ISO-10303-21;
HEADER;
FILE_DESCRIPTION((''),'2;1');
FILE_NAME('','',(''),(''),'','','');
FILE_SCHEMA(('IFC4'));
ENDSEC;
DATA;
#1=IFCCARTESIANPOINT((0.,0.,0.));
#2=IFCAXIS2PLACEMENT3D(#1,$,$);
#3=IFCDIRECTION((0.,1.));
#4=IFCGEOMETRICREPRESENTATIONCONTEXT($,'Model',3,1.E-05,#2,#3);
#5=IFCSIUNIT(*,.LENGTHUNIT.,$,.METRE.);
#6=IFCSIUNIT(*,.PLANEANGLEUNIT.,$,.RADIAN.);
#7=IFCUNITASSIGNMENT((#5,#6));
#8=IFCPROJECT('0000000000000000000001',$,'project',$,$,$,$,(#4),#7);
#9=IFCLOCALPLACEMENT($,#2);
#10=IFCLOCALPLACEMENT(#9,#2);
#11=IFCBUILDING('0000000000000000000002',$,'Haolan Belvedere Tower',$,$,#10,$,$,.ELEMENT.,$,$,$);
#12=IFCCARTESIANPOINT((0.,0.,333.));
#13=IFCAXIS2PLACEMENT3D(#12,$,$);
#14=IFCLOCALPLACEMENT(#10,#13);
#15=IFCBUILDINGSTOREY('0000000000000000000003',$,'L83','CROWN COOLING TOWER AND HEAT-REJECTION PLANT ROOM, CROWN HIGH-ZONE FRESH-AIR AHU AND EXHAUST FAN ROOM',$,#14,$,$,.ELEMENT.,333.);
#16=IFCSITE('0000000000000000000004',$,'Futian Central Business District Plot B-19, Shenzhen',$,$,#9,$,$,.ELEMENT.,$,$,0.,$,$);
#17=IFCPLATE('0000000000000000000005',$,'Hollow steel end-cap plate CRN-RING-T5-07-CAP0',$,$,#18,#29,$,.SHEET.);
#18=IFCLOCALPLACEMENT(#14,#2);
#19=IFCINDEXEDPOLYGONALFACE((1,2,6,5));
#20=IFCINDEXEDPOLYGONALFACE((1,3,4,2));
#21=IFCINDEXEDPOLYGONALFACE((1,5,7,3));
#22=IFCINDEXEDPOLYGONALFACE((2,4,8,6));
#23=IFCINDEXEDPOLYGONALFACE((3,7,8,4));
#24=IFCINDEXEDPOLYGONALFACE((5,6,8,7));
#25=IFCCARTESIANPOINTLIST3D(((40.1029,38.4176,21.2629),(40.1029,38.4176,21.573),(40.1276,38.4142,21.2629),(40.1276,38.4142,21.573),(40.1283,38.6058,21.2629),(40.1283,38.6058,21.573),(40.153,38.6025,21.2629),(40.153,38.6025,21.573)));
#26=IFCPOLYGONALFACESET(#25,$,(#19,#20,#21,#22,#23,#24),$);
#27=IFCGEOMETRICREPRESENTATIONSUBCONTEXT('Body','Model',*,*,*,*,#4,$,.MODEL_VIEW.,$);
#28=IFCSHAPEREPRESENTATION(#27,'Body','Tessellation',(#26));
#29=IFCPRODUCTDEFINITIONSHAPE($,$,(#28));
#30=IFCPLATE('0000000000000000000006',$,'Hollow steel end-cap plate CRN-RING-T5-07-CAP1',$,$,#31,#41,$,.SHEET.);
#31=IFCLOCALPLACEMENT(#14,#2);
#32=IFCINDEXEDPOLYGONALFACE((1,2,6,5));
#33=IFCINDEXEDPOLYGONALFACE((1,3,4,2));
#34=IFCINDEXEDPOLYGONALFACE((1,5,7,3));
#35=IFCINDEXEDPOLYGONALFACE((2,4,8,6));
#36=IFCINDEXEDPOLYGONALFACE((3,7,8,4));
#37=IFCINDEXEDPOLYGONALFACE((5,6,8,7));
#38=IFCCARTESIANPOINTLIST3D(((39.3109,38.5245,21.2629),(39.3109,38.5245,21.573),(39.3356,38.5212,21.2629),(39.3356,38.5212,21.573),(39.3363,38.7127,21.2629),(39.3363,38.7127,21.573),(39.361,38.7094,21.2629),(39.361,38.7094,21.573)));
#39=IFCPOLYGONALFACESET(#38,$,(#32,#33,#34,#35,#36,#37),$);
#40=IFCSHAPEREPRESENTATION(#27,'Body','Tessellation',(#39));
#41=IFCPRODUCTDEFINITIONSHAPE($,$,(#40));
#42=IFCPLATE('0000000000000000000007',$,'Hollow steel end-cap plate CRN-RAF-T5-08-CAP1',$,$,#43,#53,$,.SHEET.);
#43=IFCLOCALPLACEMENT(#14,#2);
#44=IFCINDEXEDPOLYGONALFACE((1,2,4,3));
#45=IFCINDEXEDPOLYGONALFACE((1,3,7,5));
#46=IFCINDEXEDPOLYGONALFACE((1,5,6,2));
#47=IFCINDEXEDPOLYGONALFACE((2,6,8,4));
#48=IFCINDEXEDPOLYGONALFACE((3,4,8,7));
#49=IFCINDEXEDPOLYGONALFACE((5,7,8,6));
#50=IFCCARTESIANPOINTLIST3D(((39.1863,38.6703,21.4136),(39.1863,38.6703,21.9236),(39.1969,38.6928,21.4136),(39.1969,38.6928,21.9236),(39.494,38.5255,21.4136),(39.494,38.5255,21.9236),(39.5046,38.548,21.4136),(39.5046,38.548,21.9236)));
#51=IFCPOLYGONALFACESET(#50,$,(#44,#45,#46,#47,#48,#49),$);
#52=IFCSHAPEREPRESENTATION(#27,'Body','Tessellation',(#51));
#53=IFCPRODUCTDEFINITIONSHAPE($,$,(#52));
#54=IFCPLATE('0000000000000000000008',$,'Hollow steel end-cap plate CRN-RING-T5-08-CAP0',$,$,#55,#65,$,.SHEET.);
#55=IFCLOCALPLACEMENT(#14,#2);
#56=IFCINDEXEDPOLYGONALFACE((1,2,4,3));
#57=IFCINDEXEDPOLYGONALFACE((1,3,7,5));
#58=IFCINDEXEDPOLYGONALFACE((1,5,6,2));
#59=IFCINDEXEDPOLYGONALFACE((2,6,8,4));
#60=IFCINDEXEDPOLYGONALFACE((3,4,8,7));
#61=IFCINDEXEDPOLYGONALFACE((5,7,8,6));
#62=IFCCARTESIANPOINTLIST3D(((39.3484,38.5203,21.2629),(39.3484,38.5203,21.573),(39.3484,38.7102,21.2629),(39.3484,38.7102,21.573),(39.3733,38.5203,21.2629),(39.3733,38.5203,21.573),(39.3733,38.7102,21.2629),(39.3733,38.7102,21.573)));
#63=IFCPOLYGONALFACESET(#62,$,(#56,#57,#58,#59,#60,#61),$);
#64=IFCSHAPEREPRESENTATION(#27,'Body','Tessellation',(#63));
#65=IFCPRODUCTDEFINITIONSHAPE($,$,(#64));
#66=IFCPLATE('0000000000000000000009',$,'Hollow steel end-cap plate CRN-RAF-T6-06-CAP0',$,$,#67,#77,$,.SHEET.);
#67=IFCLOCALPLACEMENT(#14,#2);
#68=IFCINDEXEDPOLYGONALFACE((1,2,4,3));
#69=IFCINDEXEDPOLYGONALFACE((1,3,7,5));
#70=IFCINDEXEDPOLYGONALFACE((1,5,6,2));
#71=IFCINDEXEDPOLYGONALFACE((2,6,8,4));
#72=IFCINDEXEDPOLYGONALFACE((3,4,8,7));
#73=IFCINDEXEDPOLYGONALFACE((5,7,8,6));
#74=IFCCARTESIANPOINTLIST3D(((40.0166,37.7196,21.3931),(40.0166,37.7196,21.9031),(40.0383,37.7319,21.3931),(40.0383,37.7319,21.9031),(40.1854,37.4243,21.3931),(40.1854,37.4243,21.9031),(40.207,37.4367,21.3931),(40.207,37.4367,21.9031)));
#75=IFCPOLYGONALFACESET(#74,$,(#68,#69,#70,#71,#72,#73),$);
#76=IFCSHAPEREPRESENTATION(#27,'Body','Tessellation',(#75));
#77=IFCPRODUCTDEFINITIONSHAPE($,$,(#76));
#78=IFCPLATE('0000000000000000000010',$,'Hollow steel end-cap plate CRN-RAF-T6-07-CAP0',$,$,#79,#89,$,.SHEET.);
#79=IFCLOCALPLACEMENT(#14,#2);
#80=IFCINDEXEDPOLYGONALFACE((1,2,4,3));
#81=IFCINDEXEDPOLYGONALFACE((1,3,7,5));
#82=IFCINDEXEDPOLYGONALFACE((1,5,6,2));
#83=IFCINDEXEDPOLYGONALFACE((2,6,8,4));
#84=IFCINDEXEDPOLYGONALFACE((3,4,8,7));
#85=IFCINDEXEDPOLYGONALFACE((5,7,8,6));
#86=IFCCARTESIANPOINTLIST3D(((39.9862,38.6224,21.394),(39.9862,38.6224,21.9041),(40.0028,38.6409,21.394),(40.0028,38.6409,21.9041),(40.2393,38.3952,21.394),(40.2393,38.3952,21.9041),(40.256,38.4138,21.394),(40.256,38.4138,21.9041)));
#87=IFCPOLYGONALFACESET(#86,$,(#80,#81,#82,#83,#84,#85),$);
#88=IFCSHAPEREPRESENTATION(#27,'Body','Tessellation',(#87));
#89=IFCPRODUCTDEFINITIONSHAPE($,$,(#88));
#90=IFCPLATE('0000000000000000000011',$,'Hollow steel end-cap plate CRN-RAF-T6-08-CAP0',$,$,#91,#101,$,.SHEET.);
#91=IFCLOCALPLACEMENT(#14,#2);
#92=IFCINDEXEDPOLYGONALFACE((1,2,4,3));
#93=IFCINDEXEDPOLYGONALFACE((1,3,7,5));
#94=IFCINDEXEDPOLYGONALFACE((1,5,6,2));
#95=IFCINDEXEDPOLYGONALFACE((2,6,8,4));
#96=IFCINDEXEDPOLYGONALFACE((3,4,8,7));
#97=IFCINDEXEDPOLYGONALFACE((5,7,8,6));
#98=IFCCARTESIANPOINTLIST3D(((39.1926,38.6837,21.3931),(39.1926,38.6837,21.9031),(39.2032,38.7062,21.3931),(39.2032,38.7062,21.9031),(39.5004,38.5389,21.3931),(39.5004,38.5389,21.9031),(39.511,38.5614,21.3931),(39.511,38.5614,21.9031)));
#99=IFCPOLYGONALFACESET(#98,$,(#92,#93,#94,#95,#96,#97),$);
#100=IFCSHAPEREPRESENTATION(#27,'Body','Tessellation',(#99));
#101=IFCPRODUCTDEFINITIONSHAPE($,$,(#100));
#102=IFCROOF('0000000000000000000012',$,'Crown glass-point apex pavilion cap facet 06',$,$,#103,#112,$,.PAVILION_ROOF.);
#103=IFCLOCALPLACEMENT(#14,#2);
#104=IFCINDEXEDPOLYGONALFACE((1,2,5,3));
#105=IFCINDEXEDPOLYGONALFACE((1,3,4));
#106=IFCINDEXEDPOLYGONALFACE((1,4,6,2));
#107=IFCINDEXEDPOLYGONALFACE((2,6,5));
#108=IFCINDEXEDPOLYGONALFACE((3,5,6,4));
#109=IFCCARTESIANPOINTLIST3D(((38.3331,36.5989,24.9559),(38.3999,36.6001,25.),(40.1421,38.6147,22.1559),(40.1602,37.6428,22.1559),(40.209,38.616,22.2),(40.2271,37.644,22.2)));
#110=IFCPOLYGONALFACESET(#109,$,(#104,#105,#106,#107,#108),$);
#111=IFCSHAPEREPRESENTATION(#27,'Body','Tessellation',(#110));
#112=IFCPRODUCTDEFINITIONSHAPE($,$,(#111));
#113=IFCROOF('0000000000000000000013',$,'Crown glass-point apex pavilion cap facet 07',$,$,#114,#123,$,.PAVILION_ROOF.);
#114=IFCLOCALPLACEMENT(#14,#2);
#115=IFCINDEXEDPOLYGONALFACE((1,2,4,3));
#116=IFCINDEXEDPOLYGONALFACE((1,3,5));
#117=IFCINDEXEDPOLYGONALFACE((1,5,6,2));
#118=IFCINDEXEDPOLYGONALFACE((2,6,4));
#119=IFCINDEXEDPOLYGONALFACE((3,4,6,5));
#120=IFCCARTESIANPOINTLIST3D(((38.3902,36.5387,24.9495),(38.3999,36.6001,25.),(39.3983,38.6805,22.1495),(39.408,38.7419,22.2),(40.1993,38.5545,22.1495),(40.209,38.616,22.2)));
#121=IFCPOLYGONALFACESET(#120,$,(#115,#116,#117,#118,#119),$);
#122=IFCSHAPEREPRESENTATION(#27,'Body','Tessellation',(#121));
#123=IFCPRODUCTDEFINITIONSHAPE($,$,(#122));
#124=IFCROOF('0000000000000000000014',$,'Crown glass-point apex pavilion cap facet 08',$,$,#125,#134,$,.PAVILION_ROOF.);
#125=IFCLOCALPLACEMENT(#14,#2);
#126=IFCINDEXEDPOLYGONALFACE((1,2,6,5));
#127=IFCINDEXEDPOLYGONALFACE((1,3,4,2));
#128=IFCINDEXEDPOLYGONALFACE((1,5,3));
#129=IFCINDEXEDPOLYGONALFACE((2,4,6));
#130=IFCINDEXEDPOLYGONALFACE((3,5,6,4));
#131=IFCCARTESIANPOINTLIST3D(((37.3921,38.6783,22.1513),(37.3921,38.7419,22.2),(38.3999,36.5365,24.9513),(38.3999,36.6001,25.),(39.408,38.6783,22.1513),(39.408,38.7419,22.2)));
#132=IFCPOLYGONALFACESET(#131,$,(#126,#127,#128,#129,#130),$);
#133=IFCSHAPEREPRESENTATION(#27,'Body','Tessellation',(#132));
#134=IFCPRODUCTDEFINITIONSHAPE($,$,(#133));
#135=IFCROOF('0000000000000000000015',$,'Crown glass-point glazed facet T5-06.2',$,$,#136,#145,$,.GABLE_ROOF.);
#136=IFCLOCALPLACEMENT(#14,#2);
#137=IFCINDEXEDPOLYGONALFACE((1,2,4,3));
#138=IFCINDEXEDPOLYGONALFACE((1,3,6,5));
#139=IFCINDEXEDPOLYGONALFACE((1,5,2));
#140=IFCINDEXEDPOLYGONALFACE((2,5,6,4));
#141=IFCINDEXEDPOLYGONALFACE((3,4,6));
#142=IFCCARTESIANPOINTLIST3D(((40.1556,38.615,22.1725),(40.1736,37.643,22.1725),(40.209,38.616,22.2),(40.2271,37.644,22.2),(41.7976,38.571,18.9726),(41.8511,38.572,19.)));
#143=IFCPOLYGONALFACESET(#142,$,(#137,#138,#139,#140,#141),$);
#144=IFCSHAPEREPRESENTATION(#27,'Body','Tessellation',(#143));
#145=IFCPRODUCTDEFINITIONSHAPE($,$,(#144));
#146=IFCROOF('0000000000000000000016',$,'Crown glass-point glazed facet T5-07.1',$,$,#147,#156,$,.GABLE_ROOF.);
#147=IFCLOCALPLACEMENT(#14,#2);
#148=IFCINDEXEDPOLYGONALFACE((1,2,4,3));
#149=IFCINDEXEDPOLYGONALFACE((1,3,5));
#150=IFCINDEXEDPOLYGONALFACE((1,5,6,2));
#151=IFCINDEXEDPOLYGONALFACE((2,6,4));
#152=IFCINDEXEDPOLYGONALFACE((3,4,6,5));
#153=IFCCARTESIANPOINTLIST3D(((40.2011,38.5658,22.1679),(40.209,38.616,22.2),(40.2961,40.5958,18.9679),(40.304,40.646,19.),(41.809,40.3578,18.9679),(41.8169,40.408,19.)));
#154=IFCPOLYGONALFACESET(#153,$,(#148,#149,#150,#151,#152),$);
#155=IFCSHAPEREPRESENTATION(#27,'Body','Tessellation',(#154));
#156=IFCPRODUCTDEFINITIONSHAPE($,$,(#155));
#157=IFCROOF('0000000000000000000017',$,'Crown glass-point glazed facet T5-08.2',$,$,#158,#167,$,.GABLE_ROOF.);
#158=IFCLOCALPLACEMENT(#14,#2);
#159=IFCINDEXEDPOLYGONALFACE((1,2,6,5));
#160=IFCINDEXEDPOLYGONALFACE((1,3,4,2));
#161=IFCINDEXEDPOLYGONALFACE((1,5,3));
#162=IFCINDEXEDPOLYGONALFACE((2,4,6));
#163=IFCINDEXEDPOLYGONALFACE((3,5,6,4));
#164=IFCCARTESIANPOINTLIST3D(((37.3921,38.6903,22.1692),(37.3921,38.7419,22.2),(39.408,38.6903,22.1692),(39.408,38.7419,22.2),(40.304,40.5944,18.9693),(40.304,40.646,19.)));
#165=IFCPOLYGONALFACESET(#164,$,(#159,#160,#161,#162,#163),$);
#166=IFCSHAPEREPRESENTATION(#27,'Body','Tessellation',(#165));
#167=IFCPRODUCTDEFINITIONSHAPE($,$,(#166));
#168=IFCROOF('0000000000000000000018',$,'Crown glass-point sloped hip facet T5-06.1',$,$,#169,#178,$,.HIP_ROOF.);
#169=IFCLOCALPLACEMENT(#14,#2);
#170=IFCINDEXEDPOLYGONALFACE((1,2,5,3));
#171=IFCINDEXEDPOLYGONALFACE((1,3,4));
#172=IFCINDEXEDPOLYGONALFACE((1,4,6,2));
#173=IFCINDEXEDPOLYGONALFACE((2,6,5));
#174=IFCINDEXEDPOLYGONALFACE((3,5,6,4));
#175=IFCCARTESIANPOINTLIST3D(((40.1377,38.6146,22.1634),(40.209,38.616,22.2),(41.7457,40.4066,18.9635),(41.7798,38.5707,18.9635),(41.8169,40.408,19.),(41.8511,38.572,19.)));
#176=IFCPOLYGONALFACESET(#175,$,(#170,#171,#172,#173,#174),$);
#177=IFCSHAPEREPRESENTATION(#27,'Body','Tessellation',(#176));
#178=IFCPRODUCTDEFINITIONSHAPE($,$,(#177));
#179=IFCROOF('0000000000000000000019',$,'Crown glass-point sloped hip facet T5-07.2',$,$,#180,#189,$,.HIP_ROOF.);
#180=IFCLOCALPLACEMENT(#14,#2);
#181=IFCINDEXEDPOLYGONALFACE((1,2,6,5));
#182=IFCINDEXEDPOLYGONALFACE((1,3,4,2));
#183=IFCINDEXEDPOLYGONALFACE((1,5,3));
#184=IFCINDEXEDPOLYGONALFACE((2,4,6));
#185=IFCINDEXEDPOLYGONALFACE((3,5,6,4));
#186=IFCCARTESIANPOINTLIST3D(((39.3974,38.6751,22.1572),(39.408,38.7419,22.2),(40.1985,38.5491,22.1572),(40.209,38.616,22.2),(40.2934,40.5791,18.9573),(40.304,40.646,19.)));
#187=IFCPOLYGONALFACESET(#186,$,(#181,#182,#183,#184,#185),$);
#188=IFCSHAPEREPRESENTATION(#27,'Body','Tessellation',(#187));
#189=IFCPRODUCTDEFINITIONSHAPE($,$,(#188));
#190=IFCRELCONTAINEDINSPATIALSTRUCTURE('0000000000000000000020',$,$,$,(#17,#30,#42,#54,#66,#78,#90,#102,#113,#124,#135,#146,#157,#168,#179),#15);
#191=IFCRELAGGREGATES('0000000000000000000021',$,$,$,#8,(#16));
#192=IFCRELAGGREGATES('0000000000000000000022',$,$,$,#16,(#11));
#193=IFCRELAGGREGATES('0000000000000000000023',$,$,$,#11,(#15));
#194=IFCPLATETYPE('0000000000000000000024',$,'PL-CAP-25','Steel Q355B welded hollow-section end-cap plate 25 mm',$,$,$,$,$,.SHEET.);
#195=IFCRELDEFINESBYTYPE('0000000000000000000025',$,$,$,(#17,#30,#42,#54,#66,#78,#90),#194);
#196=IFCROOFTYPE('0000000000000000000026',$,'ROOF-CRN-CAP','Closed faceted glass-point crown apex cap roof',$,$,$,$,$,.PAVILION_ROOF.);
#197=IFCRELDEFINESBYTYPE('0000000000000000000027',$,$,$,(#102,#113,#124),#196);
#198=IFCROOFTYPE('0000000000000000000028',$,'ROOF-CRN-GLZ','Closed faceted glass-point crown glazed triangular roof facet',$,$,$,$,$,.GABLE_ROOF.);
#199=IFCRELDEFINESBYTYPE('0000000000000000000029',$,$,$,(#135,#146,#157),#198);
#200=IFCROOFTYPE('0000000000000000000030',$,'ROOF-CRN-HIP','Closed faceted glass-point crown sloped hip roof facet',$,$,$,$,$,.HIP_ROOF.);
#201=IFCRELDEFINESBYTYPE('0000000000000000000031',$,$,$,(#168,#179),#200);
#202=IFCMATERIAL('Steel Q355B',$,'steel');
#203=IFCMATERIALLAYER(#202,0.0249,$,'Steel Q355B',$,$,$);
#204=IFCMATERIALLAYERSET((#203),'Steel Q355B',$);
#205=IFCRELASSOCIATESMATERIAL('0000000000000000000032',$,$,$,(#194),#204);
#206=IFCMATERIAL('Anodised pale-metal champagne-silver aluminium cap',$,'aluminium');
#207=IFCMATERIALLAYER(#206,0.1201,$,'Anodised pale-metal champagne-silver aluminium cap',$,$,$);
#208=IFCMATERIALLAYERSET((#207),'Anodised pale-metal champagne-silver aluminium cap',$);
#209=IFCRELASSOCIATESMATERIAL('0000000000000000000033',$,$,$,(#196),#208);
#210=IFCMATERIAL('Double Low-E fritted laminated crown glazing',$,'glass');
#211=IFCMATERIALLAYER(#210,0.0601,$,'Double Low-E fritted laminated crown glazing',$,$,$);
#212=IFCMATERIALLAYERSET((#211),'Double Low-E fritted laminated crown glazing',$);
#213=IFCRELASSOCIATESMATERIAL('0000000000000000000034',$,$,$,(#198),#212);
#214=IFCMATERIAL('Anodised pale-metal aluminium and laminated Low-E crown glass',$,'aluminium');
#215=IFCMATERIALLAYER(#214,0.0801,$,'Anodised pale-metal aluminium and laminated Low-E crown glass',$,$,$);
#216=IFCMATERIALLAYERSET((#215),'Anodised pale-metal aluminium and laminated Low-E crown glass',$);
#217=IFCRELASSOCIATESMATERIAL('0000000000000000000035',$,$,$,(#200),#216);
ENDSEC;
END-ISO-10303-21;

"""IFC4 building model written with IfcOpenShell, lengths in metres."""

from ifc_helpers import new_model, si_unit, direction, frame, origin, origin_2d, place, context, subcontext, project, spatial, polyline, rectangle, outline, extrude, material, layer, layer_set, type_object, element, save


model = new_model("IFC4")

# Units and contexts
model_context = context("Model", 3, precision=1e-05, world=origin(), true_north=direction((0.0, 1.0)))
body_context = subcontext(model_context, "Body", "Model", "MODEL_VIEW")
ifc_project = project(units=[si_unit("LENGTHUNIT", "METRE"), si_unit("PLANEANGLEUNIT", "RADIAN")], contexts=[model_context])

# Site, building, storey
site_placement = place(None, origin())
site = spatial("IfcSite", under=ifc_project, at=site_placement, Name="Futian Central Business District Plot B-19, Shenzhen", CompositionType="ELEMENT", RefElevation=0.0)
building_placement = place(site_placement, origin())
building = spatial("IfcBuilding", under=site, at=building_placement, Name="Haolan Belvedere Tower", CompositionType="ELEMENT")
storey_placement = place(building_placement, frame((0.0, 0.0, 333.0)))
storey = spatial("IfcBuildingStorey", under=building, at=storey_placement, Name="L83", Description="CROWN COOLING TOWER AND HEAT-REJECTION PLANT ROOM, CROWN HIGH-ZONE FRESH-AIR AHU AND EXHAUST FAN ROOM", CompositionType="ELEMENT", Elevation=333.0)

# Shared definitions
ifc_material_1 = material(Name="Steel Q355B", Category="steel")

# Plates
ifc_layer_1 = layer(ifc_material_1, 0.0249, Name="Steel Q355B")
ifc_layer_set_1 = layer_set([ifc_layer_1], Name="Steel Q355B")
plate_type = type_object("IfcPlateType", Name="PL-CAP-25", Description="Steel Q355B welded hollow-section end-cap plate 25 mm", PredefinedType="SHEET", material=ifc_layer_set_1)
for number, where, z_axis, x_axis, name in (
    (1, (40.1279, 38.51, 21.2629), (0.0, 0.0, 1.0), (0.133709, 0.991021, 0.0), "Hollow steel end-cap plate CRN-RING-T5-07-CAP0"),
    (2, (39.3359, 38.6169, 21.2629), (0.0, 0.0, 1.0), (-0.133709, -0.991021, 0.0), "Hollow steel end-cap plate CRN-RING-T5-07-CAP1"),
):
    element("IfcPlate", number, at=place(storey_placement, frame(where, z_axis=z_axis, x_axis=x_axis)), inside=storey, type_object=plate_type, Name=name, PredefinedType="SHEET", context=body_context, shape_type="SweptSolid", body=[
        extrude(rectangle(XDim=0.1899, YDim=0.0249, at=origin_2d()), origin(), (0.0, 0.0, 1.0), 0.3101),
    ])
plate_1_placement = place(storey_placement, frame((39.3455, 38.6091, 21.4136), z_axis=(0.0, 0.0, 1.0), x_axis=(0.90482, -0.425795, 0.0)))
element("IfcPlate", 3, at=plate_1_placement, inside=storey, type_object=plate_type, Name="Hollow steel end-cap plate CRN-RAF-T5-08-CAP1", PredefinedType="SHEET", context=body_context, shape_type="SweptSolid", body=[
    extrude(rectangle(XDim=0.3401, YDim=0.0249, at=origin_2d()), origin(), (0.0, 0.0, 1.0), 0.51),
])
plate_2_placement = place(storey_placement, frame((39.3608, 38.6152, 21.2629), z_axis=(0.0, 0.0, 1.0), x_axis=(0.0, 1.0, 0.0)))
element("IfcPlate", 4, at=plate_2_placement, inside=storey, type_object=plate_type, Name="Hollow steel end-cap plate CRN-RING-T5-08-CAP0", PredefinedType="SHEET", context=body_context, shape_type="SweptSolid", body=[
    extrude(rectangle(XDim=0.1899, YDim=0.0249, at=origin_2d()), origin(), (0.0, 0.0, 1.0), 0.3101),
])
for number, where, z_axis, x_axis, name in (
    (5, (40.1118, 37.5781, 21.3931), (0.0, 0.0, 1.0), (-0.496141, 0.868242, 0.0), "Hollow steel end-cap plate CRN-RAF-T6-06-CAP0"),
    (6, (40.1211, 38.5181, 21.394), (0.0, 0.0, 1.0), (-0.744288, 0.667859, 0.0), "Hollow steel end-cap plate CRN-RAF-T6-07-CAP0"),
    (7, (39.3518, 38.6226, 21.3931), (0.0, 0.0, 1.0), (-0.904827, 0.425779, 0.0), "Hollow steel end-cap plate CRN-RAF-T6-08-CAP0"),
):
    element("IfcPlate", number, at=place(storey_placement, frame(where, z_axis=z_axis, x_axis=x_axis)), inside=storey, type_object=plate_type, Name=name, PredefinedType="SHEET", context=body_context, shape_type="SweptSolid", body=[
        extrude(rectangle(XDim=0.3401, YDim=0.0249, at=origin_2d()), origin(), (0.0, 0.0, 1.0), 0.51),
    ])

# Roofs
ifc_material_2 = material(Name="Anodised pale-metal champagne-silver aluminium cap", Category="aluminium")
ifc_layer_2 = layer(ifc_material_2, 0.1201, Name="Anodised pale-metal champagne-silver aluminium cap")
ifc_layer_set_2 = layer_set([ifc_layer_2], Name="Anodised pale-metal champagne-silver aluminium cap")
roof_type_1 = type_object("IfcRoofType", Name="ROOF-CRN-CAP", Description="Closed faceted glass-point crown apex cap roof", PredefinedType="PAVILION_ROOF", material=ifc_layer_set_2)
roof_1_placement = place(storey_placement, frame((40.2271, 37.644, 22.2), z_axis=(0.834712, 0.015516, 0.550469), x_axis=(-0.018585, 0.999827, 0.0)))
element("IfcRoof", 8, at=roof_1_placement, inside=storey, type_object=roof_type_1, Name="Crown glass-point apex pavilion cap facet 06", PredefinedType="PAVILION_ROOF", context=body_context, shape_type="SweptSolid", body=[
    extrude(outline(polyline([(0.0, 0.0), (0.9721, 0.0), (-1.0098, 3.3539), (0.0, 0.0)])), origin(), (0.0, 0.0, -1.0), 0.0801),
])
roof_2_placement = place(storey_placement, frame((40.209, 38.616, 22.2), z_axis=(0.120631, 0.767037, 0.63016), x_axis=(-0.987858, 0.15536, 0.0)))
element("IfcRoof", 9, at=roof_2_placement, inside=storey, type_object=roof_type_1, Name="Crown glass-point apex pavilion cap facet 07", PredefinedType="PAVILION_ROOF", context=body_context, shape_type="SweptSolid", body=[
    extrude(outline(polyline([(0.0, 0.0), (0.8109, 0.0), (1.4739, 3.6061), (0.0, 0.0)])), origin(), (0.0, 0.0, -1.0), 0.0801),
])
roof_3_placement = place(storey_placement, frame((39.408, 38.7419, 22.2), z_axis=(0.0, 0.794271, 0.607563), x_axis=(-1.0, 0.0, 0.0)))
element("IfcRoof", 10, at=roof_3_placement, inside=storey, type_object=roof_type_1, Name="Crown glass-point apex pavilion cap facet 08", PredefinedType="PAVILION_ROOF", context=body_context, shape_type="SweptSolid", body=[
    extrude(outline(polyline([(0.0, 0.0), (2.0159, 0.0), (1.0081, 3.5253), (0.0, 0.0)])), origin(), (0.0, 0.0, -1.0), 0.0801),
])
ifc_material_3 = material(Name="Double Low-E fritted laminated crown glazing", Category="glass")
ifc_layer_3 = layer(ifc_material_3, 0.0601, Name="Double Low-E fritted laminated crown glazing")
ifc_layer_set_3 = layer_set([ifc_layer_3], Name="Double Low-E fritted laminated crown glazing")
roof_type_2 = type_object("IfcRoofType", Name="ROOF-CRN-GLZ", Description="Closed faceted glass-point crown glazed triangular roof facet", PredefinedType="GABLE_ROOF", material=ifc_layer_set_3)
roof_4_placement = place(storey_placement, frame((41.8511, 38.572, 19.0), z_axis=(0.889665, 0.016537, 0.456314), x_axis=(-0.456522, 0.012217, 0.889628)))
element("IfcRoof", 11, at=roof_4_placement, inside=storey, type_object=roof_type_2, Name="Crown glass-point glazed facet T5-06.2", PredefinedType="GABLE_ROOF", context=body_context, shape_type="SweptSolid", body=[
    extrude(outline(polyline([(0.0, 0.0), (3.597, 0.0), (3.5768, 0.9719), (0.0, 0.0)])), origin(), (0.0, 0.0, -1.0), 0.0601),
])
roof_5_placement = place(storey_placement, frame((41.8169, 40.408, 19.0), z_axis=(0.131425, 0.835321, 0.533823), x_axis=(-0.987848, 0.155422, 0.0)))
element("IfcRoof", 12, at=roof_5_placement, inside=storey, type_object=roof_type_2, Name="Crown glass-point glazed facet T5-07.1", PredefinedType="GABLE_ROOF", context=body_context, shape_type="SweptSolid", body=[
    extrude(outline(polyline([(0.0, 0.0), (1.5316, 0.0), (1.3099, 3.7843), (0.0, 0.0)])), origin(), (0.0, 0.0, -1.0), 0.0601),
])
roof_6_placement = place(storey_placement, frame((40.304, 40.646, 19.0), z_axis=(0.0, 0.859373, 0.511349), x_axis=(-0.616013, -0.402808, 0.676959)))
element("IfcRoof", 13, at=roof_6_placement, inside=storey, type_object=roof_type_2, Name="Crown glass-point glazed facet T5-08.2", PredefinedType="GABLE_ROOF", context=body_context, shape_type="SweptSolid", body=[
    extrude(outline(polyline([(0.0, 0.0), (4.727, 0.0), (3.4851, 1.588), (0.0, 0.0)])), origin(), (0.0, 0.0, -1.0), 0.0601),
])
ifc_material_4 = material(Name="Anodised pale-metal aluminium and laminated Low-E crown glass", Category="aluminium")
ifc_layer_4 = layer(ifc_material_4, 0.0801, Name="Anodised pale-metal aluminium and laminated Low-E crown glass")
ifc_layer_set_4 = layer_set([ifc_layer_4], Name="Anodised pale-metal aluminium and laminated Low-E crown glass")
roof_type_3 = type_object("IfcRoofType", Name="ROOF-CRN-HIP", Description="Closed faceted glass-point crown sloped hip roof facet", PredefinedType="HIP_ROOF", material=ifc_layer_set_4)
roof_7_placement = place(storey_placement, frame((41.8511, 38.572, 19.0), z_axis=(0.889665, 0.016563, 0.456314), x_axis=(-0.018614, 0.999827, 0.0)))
element("IfcRoof", 14, at=roof_7_placement, inside=storey, type_object=roof_type_3, Name="Crown glass-point sloped hip facet T5-06.1", PredefinedType="HIP_ROOF", context=body_context, shape_type="SweptSolid", body=[
    extrude(outline(polyline([(0.0, 0.0), (1.8363, 0.0), (0.0745, 3.5962), (0.0, 0.0)])), origin(), (0.0, 0.0, -1.0), 0.0801),
])
roof_8_placement = place(storey_placement, frame((40.304, 40.646, 19.0), z_axis=(0.131371, 0.835327, 0.533826), x_axis=(-0.233949, -0.497158, 0.835524)))
element("IfcRoof", 15, at=roof_8_placement, inside=storey, type_object=roof_type_3, Name="Crown glass-point sloped hip facet T5-07.2", PredefinedType="HIP_ROOF", context=body_context, shape_type="SweptSolid", body=[
    extrude(outline(polyline([(0.0, 0.0), (3.8299, 0.0), (3.7051, 0.8012), (0.0, 0.0)])), origin(), (0.0, 0.0, -1.0), 0.0801),
])

save(model, "model.ifc")
